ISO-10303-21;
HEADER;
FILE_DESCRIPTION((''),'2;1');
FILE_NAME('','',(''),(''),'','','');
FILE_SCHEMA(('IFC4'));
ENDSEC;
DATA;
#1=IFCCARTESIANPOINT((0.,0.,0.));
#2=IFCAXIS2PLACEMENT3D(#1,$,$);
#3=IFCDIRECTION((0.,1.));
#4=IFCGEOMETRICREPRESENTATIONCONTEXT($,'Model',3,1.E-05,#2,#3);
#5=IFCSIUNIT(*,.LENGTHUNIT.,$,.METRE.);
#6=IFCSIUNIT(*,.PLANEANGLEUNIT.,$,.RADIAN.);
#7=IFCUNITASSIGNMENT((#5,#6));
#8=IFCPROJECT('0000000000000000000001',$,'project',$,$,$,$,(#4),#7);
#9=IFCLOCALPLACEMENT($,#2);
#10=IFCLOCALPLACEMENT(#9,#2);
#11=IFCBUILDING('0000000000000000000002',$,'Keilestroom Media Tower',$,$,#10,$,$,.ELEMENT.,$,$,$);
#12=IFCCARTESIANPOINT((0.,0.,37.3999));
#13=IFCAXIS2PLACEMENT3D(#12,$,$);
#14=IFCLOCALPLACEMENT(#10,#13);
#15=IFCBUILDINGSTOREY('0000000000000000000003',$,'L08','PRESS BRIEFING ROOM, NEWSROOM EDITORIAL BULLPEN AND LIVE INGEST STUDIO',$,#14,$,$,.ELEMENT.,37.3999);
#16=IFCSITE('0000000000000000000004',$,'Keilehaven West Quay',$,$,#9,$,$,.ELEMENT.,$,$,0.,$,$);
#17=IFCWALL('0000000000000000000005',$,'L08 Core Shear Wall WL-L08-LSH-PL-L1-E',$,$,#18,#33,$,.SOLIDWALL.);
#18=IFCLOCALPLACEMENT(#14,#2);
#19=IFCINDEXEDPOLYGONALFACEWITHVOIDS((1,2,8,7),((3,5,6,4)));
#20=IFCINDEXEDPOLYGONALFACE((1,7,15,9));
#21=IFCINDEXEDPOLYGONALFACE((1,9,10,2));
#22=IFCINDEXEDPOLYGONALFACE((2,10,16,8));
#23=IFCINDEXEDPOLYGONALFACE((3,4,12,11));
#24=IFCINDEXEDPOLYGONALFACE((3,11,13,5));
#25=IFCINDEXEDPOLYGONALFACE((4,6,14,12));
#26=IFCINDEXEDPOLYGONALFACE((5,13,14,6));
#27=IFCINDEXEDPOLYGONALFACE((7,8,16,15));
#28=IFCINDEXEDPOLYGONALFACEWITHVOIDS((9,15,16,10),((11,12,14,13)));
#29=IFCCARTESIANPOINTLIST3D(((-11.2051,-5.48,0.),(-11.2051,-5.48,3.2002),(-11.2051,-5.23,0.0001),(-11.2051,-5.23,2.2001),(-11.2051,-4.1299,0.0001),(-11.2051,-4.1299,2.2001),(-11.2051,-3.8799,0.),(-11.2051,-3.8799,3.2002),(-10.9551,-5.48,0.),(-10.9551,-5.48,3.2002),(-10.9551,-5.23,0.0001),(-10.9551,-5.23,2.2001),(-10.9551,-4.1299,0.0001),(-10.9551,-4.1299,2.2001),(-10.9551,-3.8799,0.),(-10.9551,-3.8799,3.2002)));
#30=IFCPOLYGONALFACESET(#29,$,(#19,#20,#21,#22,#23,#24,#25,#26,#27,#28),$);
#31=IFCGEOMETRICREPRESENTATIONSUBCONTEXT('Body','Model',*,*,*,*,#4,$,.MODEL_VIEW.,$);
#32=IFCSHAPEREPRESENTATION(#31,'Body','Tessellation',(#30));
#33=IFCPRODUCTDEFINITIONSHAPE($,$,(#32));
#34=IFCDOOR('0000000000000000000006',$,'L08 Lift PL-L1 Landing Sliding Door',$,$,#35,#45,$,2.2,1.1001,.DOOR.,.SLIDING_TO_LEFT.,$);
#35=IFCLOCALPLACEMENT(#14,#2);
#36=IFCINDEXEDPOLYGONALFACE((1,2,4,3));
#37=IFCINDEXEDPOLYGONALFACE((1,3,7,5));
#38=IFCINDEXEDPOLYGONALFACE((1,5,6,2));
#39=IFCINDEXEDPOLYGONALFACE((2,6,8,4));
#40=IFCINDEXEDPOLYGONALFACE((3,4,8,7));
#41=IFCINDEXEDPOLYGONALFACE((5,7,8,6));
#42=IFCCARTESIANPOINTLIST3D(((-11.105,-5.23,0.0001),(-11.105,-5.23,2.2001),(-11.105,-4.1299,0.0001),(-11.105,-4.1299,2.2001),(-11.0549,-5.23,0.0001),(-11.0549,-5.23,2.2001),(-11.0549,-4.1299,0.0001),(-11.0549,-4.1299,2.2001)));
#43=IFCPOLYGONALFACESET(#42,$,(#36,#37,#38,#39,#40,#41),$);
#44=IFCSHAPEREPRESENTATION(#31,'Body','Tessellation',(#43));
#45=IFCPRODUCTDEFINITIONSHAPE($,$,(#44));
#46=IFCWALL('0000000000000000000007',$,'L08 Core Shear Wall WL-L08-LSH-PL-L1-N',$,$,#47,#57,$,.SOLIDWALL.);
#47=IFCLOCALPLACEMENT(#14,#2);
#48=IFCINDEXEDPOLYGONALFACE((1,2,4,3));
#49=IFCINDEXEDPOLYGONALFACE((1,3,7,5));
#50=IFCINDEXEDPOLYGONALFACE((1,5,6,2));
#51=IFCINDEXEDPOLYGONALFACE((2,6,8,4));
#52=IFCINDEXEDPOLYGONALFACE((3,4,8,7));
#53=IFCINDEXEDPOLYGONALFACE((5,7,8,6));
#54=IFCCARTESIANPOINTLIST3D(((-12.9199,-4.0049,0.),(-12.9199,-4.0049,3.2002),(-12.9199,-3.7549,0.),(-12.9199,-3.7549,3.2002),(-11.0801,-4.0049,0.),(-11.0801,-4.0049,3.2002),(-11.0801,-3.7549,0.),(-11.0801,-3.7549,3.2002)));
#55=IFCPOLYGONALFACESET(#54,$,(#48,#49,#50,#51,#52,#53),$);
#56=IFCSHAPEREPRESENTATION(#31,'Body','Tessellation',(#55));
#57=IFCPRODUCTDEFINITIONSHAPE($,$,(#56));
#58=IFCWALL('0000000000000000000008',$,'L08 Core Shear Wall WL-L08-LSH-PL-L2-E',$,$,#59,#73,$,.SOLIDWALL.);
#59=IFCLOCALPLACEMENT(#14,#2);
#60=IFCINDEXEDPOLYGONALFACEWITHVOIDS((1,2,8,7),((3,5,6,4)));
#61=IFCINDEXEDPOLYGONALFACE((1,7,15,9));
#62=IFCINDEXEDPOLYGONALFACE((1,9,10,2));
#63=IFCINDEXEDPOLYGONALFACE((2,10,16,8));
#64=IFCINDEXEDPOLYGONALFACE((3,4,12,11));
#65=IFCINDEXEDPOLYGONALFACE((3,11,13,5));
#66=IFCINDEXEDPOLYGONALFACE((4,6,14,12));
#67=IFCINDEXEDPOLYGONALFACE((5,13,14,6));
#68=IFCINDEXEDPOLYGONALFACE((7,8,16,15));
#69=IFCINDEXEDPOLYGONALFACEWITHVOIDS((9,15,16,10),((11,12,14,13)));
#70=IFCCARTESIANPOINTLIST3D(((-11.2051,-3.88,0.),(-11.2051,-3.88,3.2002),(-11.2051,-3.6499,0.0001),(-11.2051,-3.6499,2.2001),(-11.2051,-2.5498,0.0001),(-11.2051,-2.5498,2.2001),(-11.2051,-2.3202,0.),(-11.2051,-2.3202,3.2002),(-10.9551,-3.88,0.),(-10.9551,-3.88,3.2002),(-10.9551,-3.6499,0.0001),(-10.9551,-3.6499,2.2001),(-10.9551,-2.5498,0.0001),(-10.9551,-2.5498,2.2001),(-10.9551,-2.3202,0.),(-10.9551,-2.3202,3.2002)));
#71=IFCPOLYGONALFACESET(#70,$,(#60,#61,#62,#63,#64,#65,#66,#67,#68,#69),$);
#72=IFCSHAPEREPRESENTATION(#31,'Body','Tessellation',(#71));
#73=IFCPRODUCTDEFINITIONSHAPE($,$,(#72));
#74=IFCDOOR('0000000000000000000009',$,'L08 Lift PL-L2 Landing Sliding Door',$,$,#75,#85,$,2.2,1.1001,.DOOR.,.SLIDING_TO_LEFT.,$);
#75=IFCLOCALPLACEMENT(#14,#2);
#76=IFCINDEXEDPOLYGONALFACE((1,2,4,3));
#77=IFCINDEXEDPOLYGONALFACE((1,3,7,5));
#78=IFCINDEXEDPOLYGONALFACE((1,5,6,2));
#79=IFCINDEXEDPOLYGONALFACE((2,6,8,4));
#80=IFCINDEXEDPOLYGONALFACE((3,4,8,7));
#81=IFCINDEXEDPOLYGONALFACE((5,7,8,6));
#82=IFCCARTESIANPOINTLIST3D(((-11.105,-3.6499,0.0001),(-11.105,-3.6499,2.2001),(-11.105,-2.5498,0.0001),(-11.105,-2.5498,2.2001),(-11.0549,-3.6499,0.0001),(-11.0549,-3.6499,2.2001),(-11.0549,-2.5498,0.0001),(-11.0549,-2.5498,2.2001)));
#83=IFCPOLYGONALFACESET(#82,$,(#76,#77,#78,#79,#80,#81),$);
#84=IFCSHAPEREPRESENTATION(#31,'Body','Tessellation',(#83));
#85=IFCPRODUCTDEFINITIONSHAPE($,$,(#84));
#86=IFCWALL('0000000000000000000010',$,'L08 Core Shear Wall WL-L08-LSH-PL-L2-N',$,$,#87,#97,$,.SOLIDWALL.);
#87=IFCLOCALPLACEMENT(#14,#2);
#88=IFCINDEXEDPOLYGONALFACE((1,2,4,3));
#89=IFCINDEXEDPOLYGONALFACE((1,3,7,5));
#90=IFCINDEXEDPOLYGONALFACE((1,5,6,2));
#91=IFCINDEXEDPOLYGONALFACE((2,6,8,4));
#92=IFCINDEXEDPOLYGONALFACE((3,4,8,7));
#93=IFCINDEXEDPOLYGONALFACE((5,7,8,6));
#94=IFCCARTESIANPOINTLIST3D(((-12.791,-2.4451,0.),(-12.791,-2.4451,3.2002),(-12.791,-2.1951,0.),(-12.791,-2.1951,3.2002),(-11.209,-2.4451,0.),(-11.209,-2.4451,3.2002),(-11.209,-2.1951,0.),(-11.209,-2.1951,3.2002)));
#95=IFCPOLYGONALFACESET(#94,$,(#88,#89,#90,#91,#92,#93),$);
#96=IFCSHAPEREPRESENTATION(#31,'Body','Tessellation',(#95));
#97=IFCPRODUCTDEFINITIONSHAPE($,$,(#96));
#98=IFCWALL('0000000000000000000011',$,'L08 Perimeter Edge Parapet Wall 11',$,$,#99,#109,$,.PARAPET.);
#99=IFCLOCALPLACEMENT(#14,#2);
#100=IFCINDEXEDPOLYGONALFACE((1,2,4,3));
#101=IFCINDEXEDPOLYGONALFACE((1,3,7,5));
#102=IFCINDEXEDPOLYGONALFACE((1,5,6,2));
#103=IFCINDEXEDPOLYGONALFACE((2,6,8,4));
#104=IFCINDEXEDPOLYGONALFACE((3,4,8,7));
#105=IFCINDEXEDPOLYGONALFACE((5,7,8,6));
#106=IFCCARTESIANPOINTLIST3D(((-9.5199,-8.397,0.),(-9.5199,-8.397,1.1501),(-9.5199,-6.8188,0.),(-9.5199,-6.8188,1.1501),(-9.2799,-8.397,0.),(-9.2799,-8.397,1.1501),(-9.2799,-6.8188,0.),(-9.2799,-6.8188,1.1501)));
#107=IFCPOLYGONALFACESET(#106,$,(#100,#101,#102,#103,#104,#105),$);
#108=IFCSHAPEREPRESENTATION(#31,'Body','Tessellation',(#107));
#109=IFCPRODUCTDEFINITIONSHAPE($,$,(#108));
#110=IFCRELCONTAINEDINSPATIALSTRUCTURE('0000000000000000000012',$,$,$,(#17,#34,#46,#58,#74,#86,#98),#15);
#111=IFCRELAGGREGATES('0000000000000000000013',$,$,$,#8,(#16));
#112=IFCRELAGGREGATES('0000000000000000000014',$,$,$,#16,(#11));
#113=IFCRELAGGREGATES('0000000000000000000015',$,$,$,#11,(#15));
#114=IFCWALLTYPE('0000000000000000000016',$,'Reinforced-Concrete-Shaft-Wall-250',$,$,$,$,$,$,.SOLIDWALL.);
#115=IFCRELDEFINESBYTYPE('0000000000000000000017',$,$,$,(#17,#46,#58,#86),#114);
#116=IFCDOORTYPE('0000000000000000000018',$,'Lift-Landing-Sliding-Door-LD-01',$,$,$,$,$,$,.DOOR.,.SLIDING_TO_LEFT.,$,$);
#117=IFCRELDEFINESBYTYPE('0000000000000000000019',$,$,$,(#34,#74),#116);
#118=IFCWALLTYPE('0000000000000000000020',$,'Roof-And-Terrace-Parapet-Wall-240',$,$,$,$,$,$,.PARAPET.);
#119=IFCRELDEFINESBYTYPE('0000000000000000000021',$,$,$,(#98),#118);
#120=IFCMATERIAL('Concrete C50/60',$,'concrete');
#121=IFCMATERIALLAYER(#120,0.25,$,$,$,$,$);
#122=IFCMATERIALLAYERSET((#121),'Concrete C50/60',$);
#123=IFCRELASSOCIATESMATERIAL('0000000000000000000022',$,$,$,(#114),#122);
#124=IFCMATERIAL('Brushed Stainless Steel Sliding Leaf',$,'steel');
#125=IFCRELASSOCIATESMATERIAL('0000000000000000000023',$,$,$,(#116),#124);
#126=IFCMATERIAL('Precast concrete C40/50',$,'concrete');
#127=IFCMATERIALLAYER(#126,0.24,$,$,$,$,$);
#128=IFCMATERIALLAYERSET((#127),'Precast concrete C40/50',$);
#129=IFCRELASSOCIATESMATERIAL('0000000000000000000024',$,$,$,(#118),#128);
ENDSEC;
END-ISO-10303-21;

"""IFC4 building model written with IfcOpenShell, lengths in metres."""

from ifc_helpers import new_model, si_unit, direction, frame, frame_2d, origin, place, context, subcontext, project, spatial, rectangle, extrude, source, transform, mapped, material, layer, layer_set, type_object, element, fill, save


model = new_model("IFC4")

# Units and contexts
model_context = context("Model", 3, precision=1e-05, world=origin(), true_north=direction((0.0, 1.0)))
body_context = subcontext(model_context, "Body", "Model", "MODEL_VIEW")
ifc_project = project(units=[si_unit("LENGTHUNIT", "METRE"), si_unit("PLANEANGLEUNIT", "RADIAN")], contexts=[model_context])

# Site, building, storey
site_placement = place(None, origin())
site = spatial("IfcSite", under=ifc_project, at=site_placement, Name="Keilehaven West Quay", CompositionType="ELEMENT", RefElevation=0.0)
building_placement = place(site_placement, origin())
building = spatial("IfcBuilding", under=site, at=building_placement, Name="Keilestroom Media Tower", CompositionType="ELEMENT")
storey_placement = place(building_placement, frame((0.0, 0.0, 37.3999)))
storey = spatial("IfcBuildingStorey", under=building, at=storey_placement, Name="L08", Description="PRESS BRIEFING ROOM, NEWSROOM EDITORIAL BULLPEN AND LIVE INGEST STUDIO", CompositionType="ELEMENT", Elevation=37.3999)

# Shared definitions
ifc_material_1 = material(Name="Concrete C50/60", Category="concrete")
ifc_layer_1 = layer(ifc_material_1, 0.25)
ifc_layer_set_1 = layer_set([ifc_layer_1], Name="Concrete C50/60")
wall_type_1 = type_object("IfcWallType", Name="Reinforced-Concrete-Shaft-Wall-250", PredefinedType="SOLIDWALL", material=ifc_layer_set_1)

# Wall, opening, door
wall_1_placement = place(storey_placement, frame((-11.0801, -5.48, 0.0), z_axis=(0.0, 0.0, 1.0), x_axis=(0.0, 1.0, 0.0)))
wall_1 = element("IfcWall", 1, at=wall_1_placement, inside=storey, type_object=wall_type_1, Name="L08 Core Shear Wall WL-L08-LSH-PL-L1-E", PredefinedType="SOLIDWALL", context=body_context, shape_type="SweptSolid", body=[
    extrude(rectangle(XDim=1.6001, YDim=0.25, at=frame_2d((0.8, 0.0))), origin(), (0.0, 0.0, 1.0), 3.2002),
])
opening_1_placement = place(wall_1_placement, frame((0.25, 0.0, 0.0)))
opening_1 = element("IfcOpeningElement", 2, at=opening_1_placement, cuts=wall_1, PredefinedType="OPENING", context=body_context, shape_type="SweptSolid", body=[
    extrude(rectangle(XDim=1.1001, YDim=2.2, at=frame_2d((0.55, 1.1001))), frame((0.0, 0.135, 0.0), z_axis=(0.0, -1.0, 0.0), x_axis=(1.0, 0.0, 0.0)), (0.0, 0.0, 1.0), 0.27),
])
ifc_material_2 = material(Name="Brushed Stainless Steel Sliding Leaf", Category="steel")
door_type_1 = type_object("IfcDoorType", Name="Lift-Landing-Sliding-Door-LD-01", OperationType="SLIDING_TO_LEFT", PredefinedType="DOOR", material=ifc_material_2)
shared_shape_1 = source(origin(), body_context, "Body", "SweptSolid", [
    extrude(rectangle(XDim=1.1001, YDim=2.2, at=frame_2d((0.55, 1.1001))), frame((0.0, 0.0249, 0.0), z_axis=(0.0, -1.0, 0.0), x_axis=(1.0, 0.0, 0.0)), (0.0, 0.0, 1.0), 0.05),
])
door_1_placement = place(opening_1_placement, origin())
door_1 = element("IfcDoor", 3, at=door_1_placement, inside=storey, type_object=door_type_1, Name="L08 Lift PL-L1 Landing Sliding Door", OperationType="SLIDING_TO_LEFT", OverallHeight=2.2, OverallWidth=1.1001, PredefinedType="DOOR", context=body_context, shape_type="MappedRepresentation", body=[
    mapped(shared_shape_1, transform((0.0, 0.0, 0.0), x_axis=(1.0, 0.0, 0.0), y_axis=(0.0, 1.0, 0.0), z_axis=(0.0, 0.0, 1.0), scale=1.0)),
])
fill(opening_1, door_1)

# Wall
wall_2_placement = place(storey_placement, frame((-12.9199, -3.8799, 0.0), z_axis=(0.0, 0.0, 1.0), x_axis=(1.0, 0.0, 0.0)))
element("IfcWall", 4, at=wall_2_placement, inside=storey, type_object=wall_type_1, Name="L08 Core Shear Wall WL-L08-LSH-PL-L1-N", PredefinedType="SOLIDWALL", context=body_context, shape_type="SweptSolid", body=[
    extrude(rectangle(XDim=1.8398, YDim=0.25, at=frame_2d((0.9199, 0.0))), origin(), (0.0, 0.0, 1.0), 3.2002),
])

# Wall, opening, door
wall_3_placement = place(storey_placement, frame((-11.0801, -3.8799, 0.0), z_axis=(0.0, 0.0, 1.0), x_axis=(0.0, 1.0, 0.0)))
wall_3 = element("IfcWall", 5, at=wall_3_placement, inside=storey, type_object=wall_type_1, Name="L08 Core Shear Wall WL-L08-LSH-PL-L2-E", PredefinedType="SOLIDWALL", context=body_context, shape_type="SweptSolid", body=[
    extrude(rectangle(XDim=1.5598, YDim=0.25, at=frame_2d((0.7798, 0.0))), origin(), (0.0, 0.0, 1.0), 3.2002),
])
opening_2_placement = place(wall_3_placement, frame((0.23, 0.0, 0.0)))
opening_2 = element("IfcOpeningElement", 6, at=opening_2_placement, cuts=wall_3, PredefinedType="OPENING", context=body_context, shape_type="SweptSolid", body=[
    extrude(rectangle(XDim=1.1001, YDim=2.2, at=frame_2d((0.55, 1.1001))), frame((0.0, 0.135, 0.0), z_axis=(0.0, -1.0, 0.0), x_axis=(1.0, 0.0, 0.0)), (0.0, 0.0, 1.0), 0.27),
])
door_2_placement = place(opening_2_placement, origin())
door_2 = element("IfcDoor", 7, at=door_2_placement, inside=storey, type_object=door_type_1, Name="L08 Lift PL-L2 Landing Sliding Door", OperationType="SLIDING_TO_LEFT", OverallHeight=2.2, OverallWidth=1.1001, PredefinedType="DOOR", context=body_context, shape_type="MappedRepresentation", body=[
    mapped(shared_shape_1, transform((0.0, 0.0, 0.0), x_axis=(1.0, 0.0, 0.0), y_axis=(0.0, 1.0, 0.0), z_axis=(0.0, 0.0, 1.0), scale=1.0)),
])
fill(opening_2, door_2)

# Walls
wall_4_placement = place(storey_placement, frame((-12.791, -2.3201, 0.0), z_axis=(0.0, 0.0, 1.0), x_axis=(1.0, 0.0, 0.0)))
element("IfcWall", 8, at=wall_4_placement, inside=storey, type_object=wall_type_1, Name="L08 Core Shear Wall WL-L08-LSH-PL-L2-N", PredefinedType="SOLIDWALL", context=body_context, shape_type="SweptSolid", body=[
    extrude(rectangle(XDim=1.582, YDim=0.25, at=frame_2d((0.791, 0.0))), origin(), (0.0, 0.0, 1.0), 3.2002),
])
ifc_material_3 = material(Name="Precast concrete C40/50", Category="concrete")
ifc_layer_2 = layer(ifc_material_3, 0.24)
ifc_layer_set_2 = layer_set([ifc_layer_2], Name="Precast concrete C40/50")
wall_type_2 = type_object("IfcWallType", Name="Roof-And-Terrace-Parapet-Wall-240", PredefinedType="PARAPET", material=ifc_layer_set_2)
wall_5_placement = place(storey_placement, frame((-9.3999, -8.397, 0.0), z_axis=(0.0, 0.0, 1.0), x_axis=(0.0, 1.0, 0.0)))
element("IfcWall", 9, at=wall_5_placement, inside=storey, type_object=wall_type_2, Name="L08 Perimeter Edge Parapet Wall 11", PredefinedType="PARAPET", context=body_context, shape_type="SweptSolid", body=[
    extrude(rectangle(XDim=1.5781, YDim=0.24, at=frame_2d((0.7891, 0.0))), origin(), (0.0, 0.0, 1.0), 1.1501),
])

save(model, "model.ifc")
